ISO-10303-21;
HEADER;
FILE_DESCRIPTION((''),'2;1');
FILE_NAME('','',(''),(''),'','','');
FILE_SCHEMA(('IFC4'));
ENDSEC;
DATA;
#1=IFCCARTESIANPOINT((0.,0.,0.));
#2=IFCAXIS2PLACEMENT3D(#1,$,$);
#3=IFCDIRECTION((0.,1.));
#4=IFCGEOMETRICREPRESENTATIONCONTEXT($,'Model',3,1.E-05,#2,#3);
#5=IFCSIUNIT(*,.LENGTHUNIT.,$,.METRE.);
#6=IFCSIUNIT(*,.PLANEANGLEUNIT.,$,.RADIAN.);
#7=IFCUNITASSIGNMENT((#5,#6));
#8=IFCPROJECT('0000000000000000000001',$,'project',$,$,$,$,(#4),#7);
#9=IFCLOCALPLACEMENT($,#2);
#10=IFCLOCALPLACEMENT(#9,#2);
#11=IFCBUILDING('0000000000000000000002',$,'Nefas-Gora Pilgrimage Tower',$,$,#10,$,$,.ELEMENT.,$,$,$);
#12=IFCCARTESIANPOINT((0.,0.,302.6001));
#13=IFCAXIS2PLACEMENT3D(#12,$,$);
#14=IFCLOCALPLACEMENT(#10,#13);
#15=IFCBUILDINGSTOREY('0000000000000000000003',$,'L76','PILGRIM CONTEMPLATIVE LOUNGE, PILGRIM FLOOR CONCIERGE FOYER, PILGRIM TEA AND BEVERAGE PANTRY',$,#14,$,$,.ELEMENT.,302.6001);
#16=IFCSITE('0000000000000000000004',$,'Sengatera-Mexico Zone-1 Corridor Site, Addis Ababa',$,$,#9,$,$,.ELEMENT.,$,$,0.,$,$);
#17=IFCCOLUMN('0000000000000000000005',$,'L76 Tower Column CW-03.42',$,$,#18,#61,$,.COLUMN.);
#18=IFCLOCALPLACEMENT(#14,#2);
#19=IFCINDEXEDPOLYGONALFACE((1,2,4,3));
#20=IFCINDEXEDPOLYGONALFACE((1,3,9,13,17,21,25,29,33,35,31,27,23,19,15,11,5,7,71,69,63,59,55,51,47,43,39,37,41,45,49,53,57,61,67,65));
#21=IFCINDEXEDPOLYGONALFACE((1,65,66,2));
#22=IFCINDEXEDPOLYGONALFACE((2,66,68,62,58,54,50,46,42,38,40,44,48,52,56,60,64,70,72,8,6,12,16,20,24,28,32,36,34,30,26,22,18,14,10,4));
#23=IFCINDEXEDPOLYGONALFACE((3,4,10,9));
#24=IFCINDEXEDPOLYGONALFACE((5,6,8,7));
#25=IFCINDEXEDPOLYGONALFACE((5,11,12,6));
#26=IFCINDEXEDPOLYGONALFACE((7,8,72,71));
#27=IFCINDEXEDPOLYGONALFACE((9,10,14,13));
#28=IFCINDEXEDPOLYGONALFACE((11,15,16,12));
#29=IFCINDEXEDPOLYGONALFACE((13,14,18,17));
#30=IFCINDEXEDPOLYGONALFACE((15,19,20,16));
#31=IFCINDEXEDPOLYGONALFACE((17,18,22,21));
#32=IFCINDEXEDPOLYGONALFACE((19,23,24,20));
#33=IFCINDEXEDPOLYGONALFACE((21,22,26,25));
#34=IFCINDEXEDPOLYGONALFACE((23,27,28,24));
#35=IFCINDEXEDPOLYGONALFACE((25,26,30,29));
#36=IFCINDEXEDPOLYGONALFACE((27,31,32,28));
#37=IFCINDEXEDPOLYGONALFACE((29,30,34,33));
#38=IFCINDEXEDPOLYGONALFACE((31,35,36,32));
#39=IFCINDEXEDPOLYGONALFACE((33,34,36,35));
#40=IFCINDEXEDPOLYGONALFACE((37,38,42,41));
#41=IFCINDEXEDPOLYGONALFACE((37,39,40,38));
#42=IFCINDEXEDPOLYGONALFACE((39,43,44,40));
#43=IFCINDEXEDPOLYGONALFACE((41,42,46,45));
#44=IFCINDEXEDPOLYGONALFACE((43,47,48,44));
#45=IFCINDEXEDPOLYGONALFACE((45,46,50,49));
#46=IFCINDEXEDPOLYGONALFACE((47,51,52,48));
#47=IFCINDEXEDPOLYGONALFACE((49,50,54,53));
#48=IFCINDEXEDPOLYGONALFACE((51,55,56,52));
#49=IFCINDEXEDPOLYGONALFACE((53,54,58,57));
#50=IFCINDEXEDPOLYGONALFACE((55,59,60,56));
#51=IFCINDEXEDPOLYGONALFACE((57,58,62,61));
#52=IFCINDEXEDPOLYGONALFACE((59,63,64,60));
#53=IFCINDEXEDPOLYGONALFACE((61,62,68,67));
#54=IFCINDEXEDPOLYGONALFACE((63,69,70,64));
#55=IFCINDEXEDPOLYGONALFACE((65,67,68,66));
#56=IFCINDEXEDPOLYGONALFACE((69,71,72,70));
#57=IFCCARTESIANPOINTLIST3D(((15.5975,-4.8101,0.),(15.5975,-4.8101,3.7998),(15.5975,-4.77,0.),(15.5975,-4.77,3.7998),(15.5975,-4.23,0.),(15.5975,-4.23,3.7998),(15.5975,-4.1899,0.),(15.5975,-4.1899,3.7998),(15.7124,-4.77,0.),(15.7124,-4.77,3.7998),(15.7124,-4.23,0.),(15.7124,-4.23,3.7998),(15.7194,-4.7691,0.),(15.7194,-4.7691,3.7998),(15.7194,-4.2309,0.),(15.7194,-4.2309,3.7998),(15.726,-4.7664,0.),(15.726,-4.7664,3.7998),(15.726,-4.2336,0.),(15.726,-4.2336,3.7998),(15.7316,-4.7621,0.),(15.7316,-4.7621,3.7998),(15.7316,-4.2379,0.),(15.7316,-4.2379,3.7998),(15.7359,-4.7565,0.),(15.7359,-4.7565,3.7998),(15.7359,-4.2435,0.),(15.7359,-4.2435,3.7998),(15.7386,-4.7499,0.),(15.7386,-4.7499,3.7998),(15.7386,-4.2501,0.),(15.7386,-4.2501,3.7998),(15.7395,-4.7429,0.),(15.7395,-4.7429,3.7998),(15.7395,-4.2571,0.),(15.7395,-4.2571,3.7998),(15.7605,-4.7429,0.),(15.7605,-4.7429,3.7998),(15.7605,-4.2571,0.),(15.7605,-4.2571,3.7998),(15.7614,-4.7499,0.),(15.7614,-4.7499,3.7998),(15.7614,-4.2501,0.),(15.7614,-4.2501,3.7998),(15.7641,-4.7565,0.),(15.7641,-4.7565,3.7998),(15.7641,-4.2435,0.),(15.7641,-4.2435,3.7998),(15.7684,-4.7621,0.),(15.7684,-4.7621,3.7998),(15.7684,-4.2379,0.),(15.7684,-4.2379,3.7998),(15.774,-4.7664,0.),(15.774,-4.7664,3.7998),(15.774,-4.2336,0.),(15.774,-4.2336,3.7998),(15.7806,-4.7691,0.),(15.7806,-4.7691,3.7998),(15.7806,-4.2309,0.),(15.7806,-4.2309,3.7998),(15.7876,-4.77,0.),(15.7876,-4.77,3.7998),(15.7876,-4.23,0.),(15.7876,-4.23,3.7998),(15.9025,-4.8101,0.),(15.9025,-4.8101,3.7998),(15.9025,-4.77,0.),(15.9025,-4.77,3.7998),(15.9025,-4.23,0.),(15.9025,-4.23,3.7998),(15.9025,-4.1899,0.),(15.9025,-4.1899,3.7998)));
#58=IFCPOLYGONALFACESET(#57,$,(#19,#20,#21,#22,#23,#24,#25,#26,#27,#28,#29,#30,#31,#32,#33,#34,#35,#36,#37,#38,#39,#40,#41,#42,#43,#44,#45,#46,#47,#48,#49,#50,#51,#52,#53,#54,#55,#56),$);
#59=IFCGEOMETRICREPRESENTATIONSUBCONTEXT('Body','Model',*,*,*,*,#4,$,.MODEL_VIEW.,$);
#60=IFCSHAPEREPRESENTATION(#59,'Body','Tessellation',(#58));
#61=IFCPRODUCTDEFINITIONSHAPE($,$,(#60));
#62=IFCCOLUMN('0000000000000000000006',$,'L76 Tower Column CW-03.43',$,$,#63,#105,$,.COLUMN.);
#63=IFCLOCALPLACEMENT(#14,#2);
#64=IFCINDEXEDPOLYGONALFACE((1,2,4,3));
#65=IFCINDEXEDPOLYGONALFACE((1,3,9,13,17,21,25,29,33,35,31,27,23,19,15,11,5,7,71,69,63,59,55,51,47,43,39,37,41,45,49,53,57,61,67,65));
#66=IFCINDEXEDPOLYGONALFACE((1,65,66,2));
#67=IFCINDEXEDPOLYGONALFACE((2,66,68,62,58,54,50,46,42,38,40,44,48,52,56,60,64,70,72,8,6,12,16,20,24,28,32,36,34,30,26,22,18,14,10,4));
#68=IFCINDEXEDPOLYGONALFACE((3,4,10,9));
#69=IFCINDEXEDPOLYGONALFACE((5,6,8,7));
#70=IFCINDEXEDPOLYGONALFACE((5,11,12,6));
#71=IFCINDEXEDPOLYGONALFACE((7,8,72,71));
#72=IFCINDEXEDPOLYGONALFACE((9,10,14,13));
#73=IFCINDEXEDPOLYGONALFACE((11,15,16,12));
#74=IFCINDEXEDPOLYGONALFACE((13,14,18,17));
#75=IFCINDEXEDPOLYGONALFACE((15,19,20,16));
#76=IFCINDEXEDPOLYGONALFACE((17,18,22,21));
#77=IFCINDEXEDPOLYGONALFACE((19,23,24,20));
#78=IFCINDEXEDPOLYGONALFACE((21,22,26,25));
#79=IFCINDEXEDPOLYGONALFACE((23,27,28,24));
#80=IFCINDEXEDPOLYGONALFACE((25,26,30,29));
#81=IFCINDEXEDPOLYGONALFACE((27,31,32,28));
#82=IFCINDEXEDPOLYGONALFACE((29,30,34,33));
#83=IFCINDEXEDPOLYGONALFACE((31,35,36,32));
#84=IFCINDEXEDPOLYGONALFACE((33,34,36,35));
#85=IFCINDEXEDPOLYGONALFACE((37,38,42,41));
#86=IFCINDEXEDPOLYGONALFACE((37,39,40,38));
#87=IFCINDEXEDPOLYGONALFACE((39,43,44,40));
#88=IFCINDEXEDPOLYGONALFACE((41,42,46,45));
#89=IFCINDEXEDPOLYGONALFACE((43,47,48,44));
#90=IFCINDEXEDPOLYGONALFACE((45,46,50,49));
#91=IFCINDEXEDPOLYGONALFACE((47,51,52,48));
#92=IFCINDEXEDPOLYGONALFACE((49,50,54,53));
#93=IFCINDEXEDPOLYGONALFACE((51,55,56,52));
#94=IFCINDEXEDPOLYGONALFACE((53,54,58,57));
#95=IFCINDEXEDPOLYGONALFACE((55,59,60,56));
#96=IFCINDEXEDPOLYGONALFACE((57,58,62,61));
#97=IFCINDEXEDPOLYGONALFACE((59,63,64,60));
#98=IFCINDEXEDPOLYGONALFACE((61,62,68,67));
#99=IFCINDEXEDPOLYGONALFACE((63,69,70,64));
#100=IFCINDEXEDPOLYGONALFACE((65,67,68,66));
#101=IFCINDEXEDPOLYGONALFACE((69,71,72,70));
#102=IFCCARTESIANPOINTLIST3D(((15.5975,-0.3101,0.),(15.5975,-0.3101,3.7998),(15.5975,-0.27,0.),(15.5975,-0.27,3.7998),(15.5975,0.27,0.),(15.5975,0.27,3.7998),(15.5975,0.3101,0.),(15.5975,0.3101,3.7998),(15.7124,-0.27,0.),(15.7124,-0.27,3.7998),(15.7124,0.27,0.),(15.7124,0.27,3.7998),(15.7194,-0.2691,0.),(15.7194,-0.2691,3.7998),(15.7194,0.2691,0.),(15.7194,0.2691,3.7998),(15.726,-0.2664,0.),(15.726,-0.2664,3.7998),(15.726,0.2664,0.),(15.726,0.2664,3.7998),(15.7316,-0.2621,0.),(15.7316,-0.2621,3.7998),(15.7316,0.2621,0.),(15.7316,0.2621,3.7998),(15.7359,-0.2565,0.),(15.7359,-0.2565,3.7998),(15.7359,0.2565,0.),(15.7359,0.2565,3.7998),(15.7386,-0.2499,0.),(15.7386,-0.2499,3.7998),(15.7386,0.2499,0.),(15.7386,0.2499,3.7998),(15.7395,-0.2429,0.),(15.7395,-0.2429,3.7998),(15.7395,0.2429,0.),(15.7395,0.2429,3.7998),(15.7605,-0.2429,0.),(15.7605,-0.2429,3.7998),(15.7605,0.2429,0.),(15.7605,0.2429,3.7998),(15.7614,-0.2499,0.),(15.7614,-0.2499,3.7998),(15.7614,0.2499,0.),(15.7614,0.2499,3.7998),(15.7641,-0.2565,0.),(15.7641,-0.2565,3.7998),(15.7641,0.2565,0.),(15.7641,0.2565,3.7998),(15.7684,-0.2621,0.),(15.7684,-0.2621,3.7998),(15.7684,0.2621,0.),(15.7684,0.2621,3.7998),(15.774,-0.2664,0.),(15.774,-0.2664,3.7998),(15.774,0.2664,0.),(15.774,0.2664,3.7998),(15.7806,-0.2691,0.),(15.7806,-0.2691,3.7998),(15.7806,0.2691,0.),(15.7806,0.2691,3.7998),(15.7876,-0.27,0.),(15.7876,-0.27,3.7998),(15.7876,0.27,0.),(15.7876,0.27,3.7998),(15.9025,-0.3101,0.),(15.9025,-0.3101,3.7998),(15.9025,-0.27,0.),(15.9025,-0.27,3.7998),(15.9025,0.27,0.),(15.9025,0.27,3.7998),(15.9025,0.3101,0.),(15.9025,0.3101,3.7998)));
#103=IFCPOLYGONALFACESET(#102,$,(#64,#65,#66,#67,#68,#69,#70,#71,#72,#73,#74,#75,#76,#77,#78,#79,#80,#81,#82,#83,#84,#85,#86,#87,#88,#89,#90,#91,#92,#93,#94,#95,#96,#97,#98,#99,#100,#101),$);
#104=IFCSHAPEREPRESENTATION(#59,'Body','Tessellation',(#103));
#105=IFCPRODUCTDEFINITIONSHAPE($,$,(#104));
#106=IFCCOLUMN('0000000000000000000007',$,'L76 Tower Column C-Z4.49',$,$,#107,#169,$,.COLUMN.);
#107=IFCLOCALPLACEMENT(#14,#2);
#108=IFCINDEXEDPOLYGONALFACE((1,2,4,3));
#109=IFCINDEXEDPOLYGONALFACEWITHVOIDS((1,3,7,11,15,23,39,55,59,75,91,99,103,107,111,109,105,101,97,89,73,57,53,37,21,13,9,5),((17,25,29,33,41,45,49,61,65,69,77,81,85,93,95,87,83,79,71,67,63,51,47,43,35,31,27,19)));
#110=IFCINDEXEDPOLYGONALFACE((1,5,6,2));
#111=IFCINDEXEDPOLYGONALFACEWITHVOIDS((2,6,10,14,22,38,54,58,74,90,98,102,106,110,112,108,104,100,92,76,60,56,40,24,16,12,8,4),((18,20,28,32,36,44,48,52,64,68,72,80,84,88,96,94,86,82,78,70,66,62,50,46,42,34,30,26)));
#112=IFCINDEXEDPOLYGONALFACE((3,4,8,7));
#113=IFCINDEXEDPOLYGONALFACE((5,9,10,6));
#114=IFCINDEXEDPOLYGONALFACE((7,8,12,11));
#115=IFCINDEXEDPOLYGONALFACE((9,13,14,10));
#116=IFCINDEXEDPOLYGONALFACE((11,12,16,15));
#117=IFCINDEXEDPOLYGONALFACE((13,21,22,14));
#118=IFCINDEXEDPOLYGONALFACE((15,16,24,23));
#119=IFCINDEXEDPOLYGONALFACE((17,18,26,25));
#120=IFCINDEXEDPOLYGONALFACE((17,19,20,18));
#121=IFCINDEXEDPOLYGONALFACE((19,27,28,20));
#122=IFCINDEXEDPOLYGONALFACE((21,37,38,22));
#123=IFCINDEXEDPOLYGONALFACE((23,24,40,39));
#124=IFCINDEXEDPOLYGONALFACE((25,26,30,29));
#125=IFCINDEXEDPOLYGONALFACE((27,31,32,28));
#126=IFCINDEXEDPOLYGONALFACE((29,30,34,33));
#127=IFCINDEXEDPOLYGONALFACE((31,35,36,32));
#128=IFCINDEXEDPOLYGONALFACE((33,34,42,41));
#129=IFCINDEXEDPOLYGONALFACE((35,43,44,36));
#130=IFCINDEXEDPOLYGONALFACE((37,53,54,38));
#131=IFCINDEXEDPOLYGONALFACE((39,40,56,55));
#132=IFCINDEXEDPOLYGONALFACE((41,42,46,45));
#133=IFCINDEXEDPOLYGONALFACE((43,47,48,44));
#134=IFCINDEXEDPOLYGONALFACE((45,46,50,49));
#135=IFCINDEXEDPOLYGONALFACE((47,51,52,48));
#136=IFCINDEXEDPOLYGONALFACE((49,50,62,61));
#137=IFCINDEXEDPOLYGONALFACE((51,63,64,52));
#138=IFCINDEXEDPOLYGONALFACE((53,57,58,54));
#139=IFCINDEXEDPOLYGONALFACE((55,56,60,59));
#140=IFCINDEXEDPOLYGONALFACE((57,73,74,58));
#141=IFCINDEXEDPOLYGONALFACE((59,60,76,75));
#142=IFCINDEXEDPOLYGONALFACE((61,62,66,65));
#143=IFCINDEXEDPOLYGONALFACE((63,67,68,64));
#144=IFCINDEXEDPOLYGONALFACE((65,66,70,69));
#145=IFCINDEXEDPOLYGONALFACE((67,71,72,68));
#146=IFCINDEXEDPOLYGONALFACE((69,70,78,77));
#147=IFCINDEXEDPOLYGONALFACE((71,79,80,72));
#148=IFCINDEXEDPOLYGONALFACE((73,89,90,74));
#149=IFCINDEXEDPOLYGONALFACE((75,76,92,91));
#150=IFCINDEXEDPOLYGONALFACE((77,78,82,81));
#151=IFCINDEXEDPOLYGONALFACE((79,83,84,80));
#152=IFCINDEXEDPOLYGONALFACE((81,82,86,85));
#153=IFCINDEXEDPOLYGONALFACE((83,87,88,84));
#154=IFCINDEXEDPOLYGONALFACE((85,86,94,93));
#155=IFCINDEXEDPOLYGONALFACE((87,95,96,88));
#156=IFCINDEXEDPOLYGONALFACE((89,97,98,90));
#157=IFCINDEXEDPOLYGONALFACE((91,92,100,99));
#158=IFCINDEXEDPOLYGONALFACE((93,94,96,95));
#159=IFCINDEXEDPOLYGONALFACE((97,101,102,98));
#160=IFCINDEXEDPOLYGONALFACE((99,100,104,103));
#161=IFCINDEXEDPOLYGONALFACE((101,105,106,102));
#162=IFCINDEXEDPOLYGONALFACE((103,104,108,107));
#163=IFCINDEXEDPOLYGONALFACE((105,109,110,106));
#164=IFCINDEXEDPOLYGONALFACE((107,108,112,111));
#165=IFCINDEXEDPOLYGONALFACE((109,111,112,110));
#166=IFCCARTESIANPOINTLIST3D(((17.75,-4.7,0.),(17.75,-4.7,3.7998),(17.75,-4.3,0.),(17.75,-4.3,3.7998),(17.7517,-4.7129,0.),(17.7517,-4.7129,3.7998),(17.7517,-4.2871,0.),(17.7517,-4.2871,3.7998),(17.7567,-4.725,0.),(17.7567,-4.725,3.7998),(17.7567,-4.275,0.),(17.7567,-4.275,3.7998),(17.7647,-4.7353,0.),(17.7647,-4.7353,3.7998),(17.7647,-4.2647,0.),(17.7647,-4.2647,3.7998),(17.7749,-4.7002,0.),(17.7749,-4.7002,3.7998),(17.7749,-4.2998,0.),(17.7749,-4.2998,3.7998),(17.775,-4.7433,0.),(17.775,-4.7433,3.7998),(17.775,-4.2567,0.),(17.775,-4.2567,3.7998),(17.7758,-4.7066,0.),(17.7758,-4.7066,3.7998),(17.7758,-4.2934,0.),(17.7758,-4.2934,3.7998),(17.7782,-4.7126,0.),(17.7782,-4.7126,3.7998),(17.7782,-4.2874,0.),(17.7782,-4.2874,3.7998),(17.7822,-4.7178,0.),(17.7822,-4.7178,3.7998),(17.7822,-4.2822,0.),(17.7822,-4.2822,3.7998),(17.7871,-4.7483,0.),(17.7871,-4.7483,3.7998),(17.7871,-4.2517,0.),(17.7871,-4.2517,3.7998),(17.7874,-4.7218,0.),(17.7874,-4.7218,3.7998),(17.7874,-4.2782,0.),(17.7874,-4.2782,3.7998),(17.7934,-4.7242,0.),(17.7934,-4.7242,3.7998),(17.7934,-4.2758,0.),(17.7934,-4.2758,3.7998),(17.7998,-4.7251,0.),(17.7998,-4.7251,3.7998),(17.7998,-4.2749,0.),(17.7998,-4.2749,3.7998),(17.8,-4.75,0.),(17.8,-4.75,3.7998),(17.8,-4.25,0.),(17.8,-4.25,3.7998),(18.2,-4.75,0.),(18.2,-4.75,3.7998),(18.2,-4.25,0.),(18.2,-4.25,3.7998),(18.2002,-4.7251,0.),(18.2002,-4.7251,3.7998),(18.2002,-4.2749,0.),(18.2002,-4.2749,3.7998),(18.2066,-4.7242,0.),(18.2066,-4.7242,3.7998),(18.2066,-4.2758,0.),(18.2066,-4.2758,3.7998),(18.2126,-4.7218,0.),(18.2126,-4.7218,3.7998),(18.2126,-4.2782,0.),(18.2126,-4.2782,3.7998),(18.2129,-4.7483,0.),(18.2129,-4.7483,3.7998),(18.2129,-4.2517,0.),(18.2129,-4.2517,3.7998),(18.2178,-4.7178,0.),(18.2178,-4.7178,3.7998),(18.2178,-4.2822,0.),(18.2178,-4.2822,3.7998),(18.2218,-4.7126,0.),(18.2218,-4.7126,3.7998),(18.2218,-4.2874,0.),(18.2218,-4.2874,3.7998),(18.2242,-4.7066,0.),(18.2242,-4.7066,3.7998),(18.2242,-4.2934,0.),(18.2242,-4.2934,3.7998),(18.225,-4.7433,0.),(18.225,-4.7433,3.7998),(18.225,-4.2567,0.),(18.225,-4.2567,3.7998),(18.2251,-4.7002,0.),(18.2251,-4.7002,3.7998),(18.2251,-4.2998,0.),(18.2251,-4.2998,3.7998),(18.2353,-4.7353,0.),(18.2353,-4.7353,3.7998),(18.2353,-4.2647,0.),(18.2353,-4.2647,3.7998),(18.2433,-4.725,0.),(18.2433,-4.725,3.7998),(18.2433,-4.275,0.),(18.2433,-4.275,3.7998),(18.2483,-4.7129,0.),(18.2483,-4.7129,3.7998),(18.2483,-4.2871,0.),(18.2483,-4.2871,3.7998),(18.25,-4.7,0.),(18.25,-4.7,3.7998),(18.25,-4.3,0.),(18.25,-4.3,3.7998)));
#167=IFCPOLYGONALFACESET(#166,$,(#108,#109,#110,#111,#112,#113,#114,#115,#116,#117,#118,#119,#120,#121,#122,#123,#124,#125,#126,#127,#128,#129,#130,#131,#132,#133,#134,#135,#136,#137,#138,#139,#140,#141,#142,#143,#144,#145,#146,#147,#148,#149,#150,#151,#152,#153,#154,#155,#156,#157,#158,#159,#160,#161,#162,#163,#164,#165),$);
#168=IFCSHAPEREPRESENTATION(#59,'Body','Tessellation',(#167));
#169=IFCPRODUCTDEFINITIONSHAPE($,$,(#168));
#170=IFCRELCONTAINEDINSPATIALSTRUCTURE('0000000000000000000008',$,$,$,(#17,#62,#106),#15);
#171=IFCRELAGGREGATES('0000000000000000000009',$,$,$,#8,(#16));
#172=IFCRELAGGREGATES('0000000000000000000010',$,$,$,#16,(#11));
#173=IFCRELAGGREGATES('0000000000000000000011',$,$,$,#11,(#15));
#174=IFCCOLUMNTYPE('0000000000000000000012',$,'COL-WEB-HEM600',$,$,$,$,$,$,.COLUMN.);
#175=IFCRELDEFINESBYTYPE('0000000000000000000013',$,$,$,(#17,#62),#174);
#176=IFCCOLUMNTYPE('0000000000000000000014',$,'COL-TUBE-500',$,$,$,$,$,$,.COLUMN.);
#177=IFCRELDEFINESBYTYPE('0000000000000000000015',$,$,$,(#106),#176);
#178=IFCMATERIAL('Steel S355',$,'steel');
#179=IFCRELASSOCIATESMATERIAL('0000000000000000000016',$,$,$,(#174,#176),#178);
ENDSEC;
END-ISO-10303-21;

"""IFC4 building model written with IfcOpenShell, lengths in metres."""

from ifc_helpers import new_model, si_unit, direction, frame, origin, origin_2d, place, context, subcontext, project, spatial, hollow_rectangle, i_section, extrude, source, transform, mapped, material, material_profile, profile_set, type_object, element, save


model = new_model("IFC4")

# Units and contexts
model_context = context("Model", 3, precision=1e-05, world=origin(), true_north=direction((0.0, 1.0)))
body_context = subcontext(model_context, "Body", "Model", "MODEL_VIEW")
ifc_project = project(units=[si_unit("LENGTHUNIT", "METRE"), si_unit("PLANEANGLEUNIT", "RADIAN")], contexts=[model_context])

# Site, building, storey
site_placement = place(None, origin())
site = spatial("IfcSite", under=ifc_project, at=site_placement, Name="Sengatera-Mexico Zone-1 Corridor Site, Addis Ababa", CompositionType="ELEMENT", RefElevation=0.0)
building_placement = place(site_placement, origin())
building = spatial("IfcBuilding", under=site, at=building_placement, Name="Nefas-Gora Pilgrimage Tower", CompositionType="ELEMENT")
storey_placement = place(building_placement, frame((0.0, 0.0, 302.6001)))
storey = spatial("IfcBuildingStorey", under=building, at=storey_placement, Name="L76", Description="PILGRIM CONTEMPLATIVE LOUNGE, PILGRIM FLOOR CONCIERGE FOYER, PILGRIM TEA AND BEVERAGE PANTRY", CompositionType="ELEMENT", Elevation=302.6001)

# Columns
ifc_material_1 = material(Name="Steel S355", Category="steel")
ifc_material_profile_1 = material_profile(ifc_material_1, i_section(OverallWidth=0.3049, OverallDepth=0.6201, WebThickness=0.021, FlangeThickness=0.04, FilletRadius=0.0271, at=origin_2d()), Name="HEM 600")
ifc_profile_set_1 = profile_set([ifc_material_profile_1], Name="Steel S355")
column_type_1 = type_object("IfcColumnType", Name="COL-WEB-HEM600", PredefinedType="COLUMN", material=ifc_profile_set_1)
shared_shape_1 = source(origin(), body_context, "Body", "SweptSolid", [
    extrude(i_section(OverallWidth=0.3049, OverallDepth=0.6201, WebThickness=0.021, FlangeThickness=0.04, FilletRadius=0.0271, at=origin_2d()), origin(), (0.0, 0.0, 1.0), 3.7998),
])
for number, where, z_axis, x_axis, name in (
    (1, (15.75, -4.5, 0.0), (0.0, 0.0, 1.0), (1.0, 0.0, 0.0), "L76 Tower Column CW-03.42"),
    (2, (15.75, 0.0, 0.0), (0.0, 0.0, 1.0), (1.0, 0.0, 0.0), "L76 Tower Column CW-03.43"),
):
    element("IfcColumn", number, at=place(storey_placement, frame(where, z_axis=z_axis, x_axis=x_axis)), inside=storey, type_object=column_type_1, Name=name, PredefinedType="COLUMN", context=body_context, shape_type="MappedRepresentation", body=[
        mapped(shared_shape_1, transform((0.0, 0.0, 0.0), x_axis=(1.0, 0.0, 0.0), y_axis=(0.0, 1.0, 0.0), z_axis=(0.0, 0.0, 1.0), scale=1.0)),
    ])
ifc_material_profile_2 = material_profile(ifc_material_1, hollow_rectangle(XDim=0.5, YDim=0.5, WallThickness=0.0249, InnerFilletRadius=0.0249, OuterFilletRadius=0.05, at=origin_2d()), Name="SHS 500x500x25")
ifc_profile_set_2 = profile_set([ifc_material_profile_2], Name="Steel S355")
column_type_2 = type_object("IfcColumnType", Name="COL-TUBE-500", PredefinedType="COLUMN", material=ifc_profile_set_2)
shared_shape_2 = source(origin(), body_context, "Body", "SweptSolid", [
    extrude(hollow_rectangle(XDim=0.5, YDim=0.5, WallThickness=0.0249, InnerFilletRadius=0.0249, OuterFilletRadius=0.05, at=origin_2d()), origin(), (0.0, 0.0, 1.0), 3.7998),
])
for number, where, z_axis, x_axis, name in (
    (3, (18.0, -4.5, 0.0), (0.0, 0.0, 1.0), (1.0, 0.0, 0.0), "L76 Tower Column C-Z4.49"),
):
    element("IfcColumn", number, at=place(storey_placement, frame(where, z_axis=z_axis, x_axis=x_axis)), inside=storey, type_object=column_type_2, Name=name, PredefinedType="COLUMN", context=body_context, shape_type="MappedRepresentation", body=[
        mapped(shared_shape_2, transform((0.0, 0.0, 0.0), x_axis=(1.0, 0.0, 0.0), y_axis=(0.0, 1.0, 0.0), z_axis=(0.0, 0.0, 1.0), scale=1.0)),
    ])

save(model, "model.ifc")
